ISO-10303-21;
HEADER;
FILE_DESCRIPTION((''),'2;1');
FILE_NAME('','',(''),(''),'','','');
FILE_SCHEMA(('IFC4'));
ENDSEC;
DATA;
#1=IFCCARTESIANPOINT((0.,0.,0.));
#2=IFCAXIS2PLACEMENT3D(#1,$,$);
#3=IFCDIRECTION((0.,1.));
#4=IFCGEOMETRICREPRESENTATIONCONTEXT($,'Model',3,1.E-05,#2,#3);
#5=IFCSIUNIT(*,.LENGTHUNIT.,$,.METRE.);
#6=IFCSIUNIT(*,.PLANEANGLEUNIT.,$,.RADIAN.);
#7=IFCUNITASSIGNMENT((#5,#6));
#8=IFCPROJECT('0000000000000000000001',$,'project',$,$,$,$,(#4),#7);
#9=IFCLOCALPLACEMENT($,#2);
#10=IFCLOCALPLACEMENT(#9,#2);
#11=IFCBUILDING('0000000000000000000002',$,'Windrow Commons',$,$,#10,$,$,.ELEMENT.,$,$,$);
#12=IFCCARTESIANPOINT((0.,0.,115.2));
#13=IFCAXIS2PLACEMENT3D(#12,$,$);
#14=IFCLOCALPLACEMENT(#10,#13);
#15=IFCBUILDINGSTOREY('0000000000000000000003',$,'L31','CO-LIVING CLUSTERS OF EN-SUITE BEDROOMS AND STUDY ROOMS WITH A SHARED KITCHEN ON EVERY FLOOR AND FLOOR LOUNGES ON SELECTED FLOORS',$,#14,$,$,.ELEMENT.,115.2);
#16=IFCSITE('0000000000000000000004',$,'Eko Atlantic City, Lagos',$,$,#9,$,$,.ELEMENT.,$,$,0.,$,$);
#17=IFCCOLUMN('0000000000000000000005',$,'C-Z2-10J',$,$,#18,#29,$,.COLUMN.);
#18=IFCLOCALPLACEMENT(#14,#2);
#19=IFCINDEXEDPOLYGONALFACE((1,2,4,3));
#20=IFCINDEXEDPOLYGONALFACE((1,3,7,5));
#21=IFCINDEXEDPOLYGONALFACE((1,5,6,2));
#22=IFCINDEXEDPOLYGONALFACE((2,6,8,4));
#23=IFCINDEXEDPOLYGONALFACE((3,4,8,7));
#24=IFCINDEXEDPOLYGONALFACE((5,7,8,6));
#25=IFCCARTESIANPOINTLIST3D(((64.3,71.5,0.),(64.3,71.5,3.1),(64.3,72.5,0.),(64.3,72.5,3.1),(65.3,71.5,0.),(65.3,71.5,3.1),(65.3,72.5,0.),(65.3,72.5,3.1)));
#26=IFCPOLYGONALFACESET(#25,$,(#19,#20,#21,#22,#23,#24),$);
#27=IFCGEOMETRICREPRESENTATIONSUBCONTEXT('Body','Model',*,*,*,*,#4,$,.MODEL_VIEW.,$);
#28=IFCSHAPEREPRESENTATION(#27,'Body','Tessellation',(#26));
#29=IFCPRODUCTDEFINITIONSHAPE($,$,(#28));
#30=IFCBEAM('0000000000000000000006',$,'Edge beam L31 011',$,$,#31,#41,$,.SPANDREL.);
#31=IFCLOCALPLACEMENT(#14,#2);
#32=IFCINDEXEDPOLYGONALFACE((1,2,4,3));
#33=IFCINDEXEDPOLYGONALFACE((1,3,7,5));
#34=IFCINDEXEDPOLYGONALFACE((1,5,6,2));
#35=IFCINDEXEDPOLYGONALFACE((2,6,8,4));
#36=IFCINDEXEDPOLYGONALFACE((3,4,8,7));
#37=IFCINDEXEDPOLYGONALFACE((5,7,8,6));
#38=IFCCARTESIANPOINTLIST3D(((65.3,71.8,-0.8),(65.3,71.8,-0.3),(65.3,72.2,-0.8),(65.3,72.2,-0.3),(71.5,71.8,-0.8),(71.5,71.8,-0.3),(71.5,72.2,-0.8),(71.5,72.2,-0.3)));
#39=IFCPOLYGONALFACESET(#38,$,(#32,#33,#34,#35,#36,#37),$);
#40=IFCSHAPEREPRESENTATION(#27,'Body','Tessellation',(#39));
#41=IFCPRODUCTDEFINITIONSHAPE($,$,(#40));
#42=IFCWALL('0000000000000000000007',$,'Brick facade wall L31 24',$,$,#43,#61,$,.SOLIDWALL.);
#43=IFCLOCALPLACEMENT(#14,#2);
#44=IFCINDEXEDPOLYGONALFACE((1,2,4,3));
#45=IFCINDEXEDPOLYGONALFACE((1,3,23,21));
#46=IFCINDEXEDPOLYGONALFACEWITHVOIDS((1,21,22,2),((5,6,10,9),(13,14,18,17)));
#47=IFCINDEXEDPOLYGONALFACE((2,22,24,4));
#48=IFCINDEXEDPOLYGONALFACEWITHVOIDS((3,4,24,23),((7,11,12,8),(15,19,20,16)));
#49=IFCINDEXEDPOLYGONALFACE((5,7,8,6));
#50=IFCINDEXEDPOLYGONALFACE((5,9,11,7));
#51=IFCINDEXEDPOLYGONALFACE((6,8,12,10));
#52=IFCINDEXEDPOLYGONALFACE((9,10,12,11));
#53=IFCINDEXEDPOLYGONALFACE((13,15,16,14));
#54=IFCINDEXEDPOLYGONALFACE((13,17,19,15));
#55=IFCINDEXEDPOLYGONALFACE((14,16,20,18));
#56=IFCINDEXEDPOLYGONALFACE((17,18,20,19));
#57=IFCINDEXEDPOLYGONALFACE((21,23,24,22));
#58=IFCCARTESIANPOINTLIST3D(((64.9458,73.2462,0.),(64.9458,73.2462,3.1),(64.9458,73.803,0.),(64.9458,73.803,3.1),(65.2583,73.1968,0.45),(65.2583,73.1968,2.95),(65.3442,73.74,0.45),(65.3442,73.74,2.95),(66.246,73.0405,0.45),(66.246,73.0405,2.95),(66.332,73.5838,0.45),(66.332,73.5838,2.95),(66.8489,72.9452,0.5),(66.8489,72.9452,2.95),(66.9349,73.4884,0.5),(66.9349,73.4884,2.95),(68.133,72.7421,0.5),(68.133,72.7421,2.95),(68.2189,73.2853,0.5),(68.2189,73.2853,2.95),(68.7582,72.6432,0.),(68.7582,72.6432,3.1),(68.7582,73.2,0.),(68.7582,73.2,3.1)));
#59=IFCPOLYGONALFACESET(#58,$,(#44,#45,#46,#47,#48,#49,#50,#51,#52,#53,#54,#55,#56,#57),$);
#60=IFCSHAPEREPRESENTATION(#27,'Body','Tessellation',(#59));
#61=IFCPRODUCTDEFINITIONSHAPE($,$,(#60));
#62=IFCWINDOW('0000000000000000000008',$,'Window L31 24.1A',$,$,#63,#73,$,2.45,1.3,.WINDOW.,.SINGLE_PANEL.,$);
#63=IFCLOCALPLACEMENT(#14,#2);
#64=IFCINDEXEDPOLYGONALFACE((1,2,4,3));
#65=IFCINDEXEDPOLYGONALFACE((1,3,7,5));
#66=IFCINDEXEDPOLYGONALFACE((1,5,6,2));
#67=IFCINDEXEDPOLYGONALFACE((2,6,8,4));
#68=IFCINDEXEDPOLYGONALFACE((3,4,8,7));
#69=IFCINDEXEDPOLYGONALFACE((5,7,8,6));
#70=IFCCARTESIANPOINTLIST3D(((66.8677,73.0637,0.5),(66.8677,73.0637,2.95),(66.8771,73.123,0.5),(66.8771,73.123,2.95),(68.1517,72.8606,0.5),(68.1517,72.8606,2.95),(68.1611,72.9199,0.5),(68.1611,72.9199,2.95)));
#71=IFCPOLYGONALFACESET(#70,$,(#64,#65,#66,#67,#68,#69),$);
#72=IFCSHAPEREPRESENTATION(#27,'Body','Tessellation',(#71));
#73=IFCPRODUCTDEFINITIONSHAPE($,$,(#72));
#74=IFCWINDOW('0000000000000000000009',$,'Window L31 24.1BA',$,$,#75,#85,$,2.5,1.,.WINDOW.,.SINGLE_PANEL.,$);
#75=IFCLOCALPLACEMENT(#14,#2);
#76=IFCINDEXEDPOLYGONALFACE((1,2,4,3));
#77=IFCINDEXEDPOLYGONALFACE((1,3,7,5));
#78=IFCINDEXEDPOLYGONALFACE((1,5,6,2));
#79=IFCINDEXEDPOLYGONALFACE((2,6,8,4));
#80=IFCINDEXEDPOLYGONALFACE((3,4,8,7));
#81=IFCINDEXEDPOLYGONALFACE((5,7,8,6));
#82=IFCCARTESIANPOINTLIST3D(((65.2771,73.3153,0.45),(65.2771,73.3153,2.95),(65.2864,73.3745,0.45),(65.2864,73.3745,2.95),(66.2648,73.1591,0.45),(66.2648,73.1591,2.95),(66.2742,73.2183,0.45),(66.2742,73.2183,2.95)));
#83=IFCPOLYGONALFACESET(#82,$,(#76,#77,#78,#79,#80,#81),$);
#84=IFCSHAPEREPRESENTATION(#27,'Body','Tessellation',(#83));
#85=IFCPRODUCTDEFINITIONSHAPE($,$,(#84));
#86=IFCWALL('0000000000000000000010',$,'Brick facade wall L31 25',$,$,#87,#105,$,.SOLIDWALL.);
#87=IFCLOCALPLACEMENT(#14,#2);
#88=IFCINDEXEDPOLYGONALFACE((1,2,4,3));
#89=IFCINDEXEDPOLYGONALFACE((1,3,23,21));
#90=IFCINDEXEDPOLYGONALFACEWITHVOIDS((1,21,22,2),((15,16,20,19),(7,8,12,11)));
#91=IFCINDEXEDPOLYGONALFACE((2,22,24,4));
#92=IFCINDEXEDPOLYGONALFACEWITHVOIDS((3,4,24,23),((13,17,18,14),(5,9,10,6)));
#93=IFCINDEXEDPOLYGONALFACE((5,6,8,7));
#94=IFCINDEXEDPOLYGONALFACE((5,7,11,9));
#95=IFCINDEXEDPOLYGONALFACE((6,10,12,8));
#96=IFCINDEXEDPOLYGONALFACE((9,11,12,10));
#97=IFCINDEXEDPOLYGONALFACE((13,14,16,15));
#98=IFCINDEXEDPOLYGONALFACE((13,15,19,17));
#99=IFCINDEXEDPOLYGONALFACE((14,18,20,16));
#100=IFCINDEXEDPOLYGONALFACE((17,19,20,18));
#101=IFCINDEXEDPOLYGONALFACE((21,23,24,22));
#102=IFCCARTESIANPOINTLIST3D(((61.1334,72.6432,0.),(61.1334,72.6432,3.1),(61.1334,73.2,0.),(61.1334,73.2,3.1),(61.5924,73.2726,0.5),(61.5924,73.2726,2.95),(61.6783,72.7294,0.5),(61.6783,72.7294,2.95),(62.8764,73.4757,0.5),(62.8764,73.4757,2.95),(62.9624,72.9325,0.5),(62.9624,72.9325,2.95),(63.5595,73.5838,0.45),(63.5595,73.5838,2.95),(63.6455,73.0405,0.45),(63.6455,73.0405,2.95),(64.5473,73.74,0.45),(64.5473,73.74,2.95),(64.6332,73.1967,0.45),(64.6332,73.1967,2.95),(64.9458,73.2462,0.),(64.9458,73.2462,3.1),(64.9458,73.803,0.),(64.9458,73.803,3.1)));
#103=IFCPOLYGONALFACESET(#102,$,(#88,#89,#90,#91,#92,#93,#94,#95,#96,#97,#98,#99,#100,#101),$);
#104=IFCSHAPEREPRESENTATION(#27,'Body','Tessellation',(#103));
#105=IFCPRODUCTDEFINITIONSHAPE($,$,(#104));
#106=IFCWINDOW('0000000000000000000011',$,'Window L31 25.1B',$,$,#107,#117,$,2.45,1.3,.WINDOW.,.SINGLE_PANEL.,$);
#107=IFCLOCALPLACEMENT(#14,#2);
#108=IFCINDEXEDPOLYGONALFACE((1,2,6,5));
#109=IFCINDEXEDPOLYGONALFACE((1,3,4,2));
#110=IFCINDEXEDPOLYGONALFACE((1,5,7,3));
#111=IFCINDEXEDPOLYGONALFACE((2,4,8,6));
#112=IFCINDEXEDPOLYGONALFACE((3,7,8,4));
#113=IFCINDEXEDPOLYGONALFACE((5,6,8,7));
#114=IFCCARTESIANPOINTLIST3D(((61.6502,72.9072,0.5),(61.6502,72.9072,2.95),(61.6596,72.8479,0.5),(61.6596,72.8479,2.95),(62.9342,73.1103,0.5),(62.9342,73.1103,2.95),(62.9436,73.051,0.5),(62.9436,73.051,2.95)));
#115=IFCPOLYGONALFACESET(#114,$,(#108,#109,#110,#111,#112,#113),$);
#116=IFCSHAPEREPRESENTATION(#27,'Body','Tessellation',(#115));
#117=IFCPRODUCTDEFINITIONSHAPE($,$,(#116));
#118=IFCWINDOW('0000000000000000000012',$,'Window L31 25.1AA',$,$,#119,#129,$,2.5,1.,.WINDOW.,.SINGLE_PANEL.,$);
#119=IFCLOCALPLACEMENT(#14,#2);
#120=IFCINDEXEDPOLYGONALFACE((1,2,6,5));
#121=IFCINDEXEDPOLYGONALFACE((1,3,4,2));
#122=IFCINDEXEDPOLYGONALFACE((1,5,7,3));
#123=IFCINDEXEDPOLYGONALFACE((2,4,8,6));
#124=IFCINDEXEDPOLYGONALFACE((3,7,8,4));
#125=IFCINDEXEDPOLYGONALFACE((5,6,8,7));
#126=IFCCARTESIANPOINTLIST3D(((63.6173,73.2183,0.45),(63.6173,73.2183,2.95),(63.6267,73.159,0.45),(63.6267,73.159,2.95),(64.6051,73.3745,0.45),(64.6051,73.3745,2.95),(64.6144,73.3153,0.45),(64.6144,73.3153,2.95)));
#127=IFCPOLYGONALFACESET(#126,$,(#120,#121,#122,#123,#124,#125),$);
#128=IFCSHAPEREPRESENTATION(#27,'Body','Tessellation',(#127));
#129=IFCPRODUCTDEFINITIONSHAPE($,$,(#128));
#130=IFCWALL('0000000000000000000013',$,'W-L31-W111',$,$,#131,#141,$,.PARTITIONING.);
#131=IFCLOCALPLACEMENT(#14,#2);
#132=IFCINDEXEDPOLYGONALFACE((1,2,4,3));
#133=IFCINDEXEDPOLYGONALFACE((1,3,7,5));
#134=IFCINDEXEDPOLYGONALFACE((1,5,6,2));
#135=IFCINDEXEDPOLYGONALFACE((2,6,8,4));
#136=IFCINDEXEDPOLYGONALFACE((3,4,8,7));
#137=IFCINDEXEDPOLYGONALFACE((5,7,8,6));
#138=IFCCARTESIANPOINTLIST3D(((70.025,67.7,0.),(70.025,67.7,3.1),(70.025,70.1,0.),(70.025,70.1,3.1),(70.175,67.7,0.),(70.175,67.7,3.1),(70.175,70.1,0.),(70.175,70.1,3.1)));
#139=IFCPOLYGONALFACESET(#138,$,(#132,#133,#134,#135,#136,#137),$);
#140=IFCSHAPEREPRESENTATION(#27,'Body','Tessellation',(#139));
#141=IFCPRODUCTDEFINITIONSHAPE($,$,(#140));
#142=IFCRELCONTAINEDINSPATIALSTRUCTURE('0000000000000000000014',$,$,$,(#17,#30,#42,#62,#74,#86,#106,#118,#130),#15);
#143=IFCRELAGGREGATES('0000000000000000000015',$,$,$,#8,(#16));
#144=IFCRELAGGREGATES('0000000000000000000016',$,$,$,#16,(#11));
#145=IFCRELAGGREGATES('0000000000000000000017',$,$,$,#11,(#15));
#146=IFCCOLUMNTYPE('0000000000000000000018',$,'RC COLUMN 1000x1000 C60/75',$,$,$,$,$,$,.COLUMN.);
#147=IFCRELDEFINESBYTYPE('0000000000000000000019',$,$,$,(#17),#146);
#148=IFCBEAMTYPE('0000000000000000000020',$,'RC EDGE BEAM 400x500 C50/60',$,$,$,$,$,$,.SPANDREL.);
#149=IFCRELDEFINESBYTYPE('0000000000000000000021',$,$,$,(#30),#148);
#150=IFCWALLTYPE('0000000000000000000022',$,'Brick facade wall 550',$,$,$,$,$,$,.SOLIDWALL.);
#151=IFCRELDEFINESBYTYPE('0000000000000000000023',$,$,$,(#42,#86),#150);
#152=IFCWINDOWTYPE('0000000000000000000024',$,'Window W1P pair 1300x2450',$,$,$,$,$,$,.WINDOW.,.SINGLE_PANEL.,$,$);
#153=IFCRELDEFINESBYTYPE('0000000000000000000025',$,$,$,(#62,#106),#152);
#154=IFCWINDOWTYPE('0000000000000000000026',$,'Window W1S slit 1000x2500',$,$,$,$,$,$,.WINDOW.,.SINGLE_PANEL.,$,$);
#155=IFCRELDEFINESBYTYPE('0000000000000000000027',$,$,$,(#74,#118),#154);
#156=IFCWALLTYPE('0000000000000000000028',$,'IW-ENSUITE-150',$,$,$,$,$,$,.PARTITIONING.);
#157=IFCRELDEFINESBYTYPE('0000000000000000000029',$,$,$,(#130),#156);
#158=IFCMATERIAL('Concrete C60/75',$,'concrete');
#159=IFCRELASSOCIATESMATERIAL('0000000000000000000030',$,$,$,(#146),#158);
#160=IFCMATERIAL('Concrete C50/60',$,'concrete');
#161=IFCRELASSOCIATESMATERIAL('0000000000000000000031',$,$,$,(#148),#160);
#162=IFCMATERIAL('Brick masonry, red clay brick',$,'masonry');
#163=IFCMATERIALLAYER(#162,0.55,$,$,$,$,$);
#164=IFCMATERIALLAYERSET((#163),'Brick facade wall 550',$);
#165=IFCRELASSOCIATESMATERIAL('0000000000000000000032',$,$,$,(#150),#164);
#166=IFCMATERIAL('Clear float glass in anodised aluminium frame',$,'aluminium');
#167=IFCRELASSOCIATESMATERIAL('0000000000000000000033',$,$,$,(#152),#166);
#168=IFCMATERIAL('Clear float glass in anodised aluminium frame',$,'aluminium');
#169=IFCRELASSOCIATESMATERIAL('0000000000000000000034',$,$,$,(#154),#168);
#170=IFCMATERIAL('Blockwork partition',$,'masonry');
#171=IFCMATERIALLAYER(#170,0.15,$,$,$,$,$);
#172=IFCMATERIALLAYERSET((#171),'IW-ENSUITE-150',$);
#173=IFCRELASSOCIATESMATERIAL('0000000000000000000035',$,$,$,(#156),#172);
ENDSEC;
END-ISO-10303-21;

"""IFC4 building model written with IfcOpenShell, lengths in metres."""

from ifc_helpers import new_model, si_unit, direction, frame, frame_2d, origin, origin_2d, place, context, subcontext, project, spatial, polyline, rectangle, outline, extrude, material, layer, layer_set, material_profile, profile_set, type_object, element, fill, save


model = new_model("IFC4")

# Units and contexts
model_context = context("Model", 3, precision=1e-05, world=origin(), true_north=direction((0.0, 1.0)))
body_context = subcontext(model_context, "Body", "Model", "MODEL_VIEW")
ifc_project = project(units=[si_unit("LENGTHUNIT", "METRE"), si_unit("PLANEANGLEUNIT", "RADIAN")], contexts=[model_context])

# Site, building, storey
site_placement = place(None, origin())
site = spatial("IfcSite", under=ifc_project, at=site_placement, Name="Eko Atlantic City, Lagos", CompositionType="ELEMENT", RefElevation=0.0)
building_placement = place(site_placement, origin())
building = spatial("IfcBuilding", under=site, at=building_placement, Name="Windrow Commons", CompositionType="ELEMENT")
storey_placement = place(building_placement, frame((0.0, 0.0, 115.2)))
storey = spatial("IfcBuildingStorey", under=building, at=storey_placement, Name="L31", Description="CO-LIVING CLUSTERS OF EN-SUITE BEDROOMS AND STUDY ROOMS WITH A SHARED KITCHEN ON EVERY FLOOR AND FLOOR LOUNGES ON SELECTED FLOORS", CompositionType="ELEMENT", Elevation=115.2)

# Column
ifc_material_1 = material(Name="Concrete C60/75", Category="concrete")
ifc_material_profile_1 = material_profile(ifc_material_1, rectangle(XDim=1.0, YDim=1.0, at=origin_2d()))
ifc_profile_set_1 = profile_set([ifc_material_profile_1], Name="Concrete C60/75")
column_type = type_object("IfcColumnType", Name="RC COLUMN 1000x1000 C60/75", PredefinedType="COLUMN", material=ifc_profile_set_1)
column_placement = place(storey_placement, frame((64.8, 72.0, 0.0), z_axis=(0.0, 0.0, 1.0), x_axis=(1.0, 0.0, 0.0)))
element("IfcColumn", 1, at=column_placement, inside=storey, type_object=column_type, Name="C-Z2-10J", PredefinedType="COLUMN", context=body_context, shape_type="SweptSolid", body=[
    extrude(rectangle(XDim=1.0, YDim=1.0, at=origin_2d()), origin(), (0.0, 0.0, 1.0), 3.1),
])

# Beam
ifc_material_2 = material(Name="Concrete C50/60", Category="concrete")
ifc_material_profile_2 = material_profile(ifc_material_2, rectangle(XDim=0.4, YDim=0.5, at=origin_2d()))
ifc_profile_set_2 = profile_set([ifc_material_profile_2], Name="Concrete C50/60")
beam_type = type_object("IfcBeamType", Name="RC EDGE BEAM 400x500 C50/60", PredefinedType="SPANDREL", material=ifc_profile_set_2)
beam_placement = place(storey_placement, frame((65.3, 72.0, -0.55), z_axis=(1.0, 0.0, 0.0), x_axis=(0.0, 1.0, 0.0)))
element("IfcBeam", 2, at=beam_placement, inside=storey, type_object=beam_type, Name="Edge beam L31 011", PredefinedType="SPANDREL", context=body_context, shape_type="SweptSolid", body=[
    extrude(rectangle(XDim=0.4, YDim=0.5, at=origin_2d()), origin(), (0.0, 0.0, 1.0), 6.2),
])

# Walls, openings, windows
ifc_material_3 = material(Name="Brick masonry, red clay brick", Category="masonry")
ifc_layer_1 = layer(ifc_material_3, 0.55)
ifc_layer_set_1 = layer_set([ifc_layer_1], Name="Brick facade wall 550")
wall_type_1 = type_object("IfcWallType", Name="Brick facade wall 550", PredefinedType="SOLIDWALL", material=ifc_layer_set_1)
wall_1_placement = place(storey_placement, frame((68.7582, 72.9216, 0.0), z_axis=(0.0, 0.0, 1.0), x_axis=(-0.987721, 0.156226, 0.0)))
wall_1 = element("IfcWall", 3, at=wall_1_placement, inside=storey, type_object=wall_type_1, Name="Brick facade wall L31 24", PredefinedType="SOLIDWALL", context=body_context, shape_type="SweptSolid", body=[
    extrude(outline(polyline([(0.0435, -0.275), (3.9033, -0.275), (3.8163, 0.275), (-0.0435, 0.275), (0.0435, -0.275)])), origin(), (0.0, 0.0, 1.0), 3.1),
])
opening_1_placement = place(wall_1_placement, frame((0.5895, 0.0, 0.5)))
opening_1 = element("IfcOpeningElement", 4, at=opening_1_placement, cuts=wall_1, PredefinedType="OPENING", context=body_context, shape_type="SweptSolid", body=[
    extrude(rectangle(XDim=1.3, YDim=2.45, at=frame_2d((0.65, 1.225))), frame((0.0, 0.285, 0.0), z_axis=(0.0, -1.0, 0.0), x_axis=(1.0, 0.0, 0.0)), (0.0, 0.0, 1.0), 0.57),
])
opening_2_placement = place(wall_1_placement, frame((2.4999, 0.0, 0.45)))
opening_2 = element("IfcOpeningElement", 5, at=opening_2_placement, cuts=wall_1, PredefinedType="OPENING", context=body_context, shape_type="SweptSolid", body=[
    extrude(rectangle(XDim=1.0, YDim=2.5, at=frame_2d((0.5, 1.25))), frame((0.0, 0.285, 0.0), z_axis=(0.0, -1.0, 0.0), x_axis=(1.0, 0.0, 0.0)), (0.0, 0.0, 1.0), 0.57),
])
ifc_material_4 = material(Name="Clear float glass in anodised aluminium frame", Category="aluminium")
window_type_1 = type_object("IfcWindowType", Name="Window W1P pair 1300x2450", PartitioningType="SINGLE_PANEL", PredefinedType="WINDOW", material=ifc_material_4)
window_1_placement = place(opening_1_placement, origin())
window_1 = element("IfcWindow", 6, at=window_1_placement, inside=storey, type_object=window_type_1, Name="Window L31 24.1A", OverallHeight=2.45, OverallWidth=1.3, PartitioningType="SINGLE_PANEL", PredefinedType="WINDOW", context=body_context, shape_type="SweptSolid", body=[
    extrude(rectangle(XDim=1.3, YDim=2.45, at=frame_2d((0.65, 1.225))), frame((0.0, 0.155, 0.0), z_axis=(0.0, -1.0, 0.0), x_axis=(1.0, 0.0, 0.0)), (0.0, 0.0, 1.0), 0.06),
])
fill(opening_1, window_1)
ifc_material_5 = material(Name="Clear float glass in anodised aluminium frame", Category="aluminium")
window_type_2 = type_object("IfcWindowType", Name="Window W1S slit 1000x2500", PartitioningType="SINGLE_PANEL", PredefinedType="WINDOW", material=ifc_material_5)
window_2_placement = place(opening_2_placement, origin())
window_2 = element("IfcWindow", 7, at=window_2_placement, inside=storey, type_object=window_type_2, Name="Window L31 24.1BA", OverallHeight=2.5, OverallWidth=1.0, PartitioningType="SINGLE_PANEL", PredefinedType="WINDOW", context=body_context, shape_type="SweptSolid", body=[
    extrude(rectangle(XDim=1.0, YDim=2.5, at=frame_2d((0.5, 1.25))), frame((0.0, 0.155, 0.0), z_axis=(0.0, -1.0, 0.0), x_axis=(1.0, 0.0, 0.0)), (0.0, 0.0, 1.0), 0.06),
])
fill(opening_2, window_2)
wall_2_placement = place(storey_placement, frame((64.9458, 73.5246, 0.0), z_axis=(0.0, 0.0, 1.0), x_axis=(-0.987721, -0.156226, 0.0)))
wall_2 = element("IfcWall", 8, at=wall_2_placement, inside=storey, type_object=wall_type_1, Name="Brick facade wall L31 25", PredefinedType="SOLIDWALL", context=body_context, shape_type="SweptSolid", body=[
    extrude(outline(polyline([(-0.0435, -0.275), (3.8163, -0.275), (3.9033, 0.275), (0.0435, 0.275), (-0.0435, -0.275)])), origin(), (0.0, 0.0, 1.0), 3.1),
])
opening_3_placement = place(wall_2_placement, frame((2.0516, 0.0, 0.5)))
opening_3 = element("IfcOpeningElement", 9, at=opening_3_placement, cuts=wall_2, PredefinedType="OPENING", context=body_context, shape_type="SweptSolid", body=[
    extrude(rectangle(XDim=1.3, YDim=2.45, at=frame_2d((0.65, 1.225))), frame((0.0, 0.285, 0.0), z_axis=(0.0, -1.0, 0.0), x_axis=(1.0, 0.0, 0.0)), (0.0, 0.0, 1.0), 0.57),
])
opening_4_placement = place(wall_2_placement, frame((0.36, 0.0, 0.45)))
opening_4 = element("IfcOpeningElement", 10, at=opening_4_placement, cuts=wall_2, PredefinedType="OPENING", context=body_context, shape_type="SweptSolid", body=[
    extrude(rectangle(XDim=1.0, YDim=2.5, at=frame_2d((0.5, 1.25))), frame((0.0, 0.285, 0.0), z_axis=(0.0, -1.0, 0.0), x_axis=(1.0, 0.0, 0.0)), (0.0, 0.0, 1.0), 0.57),
])
window_3_placement = place(opening_3_placement, origin())
window_3 = element("IfcWindow", 11, at=window_3_placement, inside=storey, type_object=window_type_1, Name="Window L31 25.1B", OverallHeight=2.45, OverallWidth=1.3, PartitioningType="SINGLE_PANEL", PredefinedType="WINDOW", context=body_context, shape_type="SweptSolid", body=[
    extrude(rectangle(XDim=1.3, YDim=2.45, at=frame_2d((0.65, 1.225))), frame((0.0, 0.155, 0.0), z_axis=(0.0, -1.0, 0.0), x_axis=(1.0, 0.0, 0.0)), (0.0, 0.0, 1.0), 0.06),
])
fill(opening_3, window_3)
window_4_placement = place(opening_4_placement, origin())
window_4 = element("IfcWindow", 12, at=window_4_placement, inside=storey, type_object=window_type_2, Name="Window L31 25.1AA", OverallHeight=2.5, OverallWidth=1.0, PartitioningType="SINGLE_PANEL", PredefinedType="WINDOW", context=body_context, shape_type="SweptSolid", body=[
    extrude(rectangle(XDim=1.0, YDim=2.5, at=frame_2d((0.5, 1.25))), frame((0.0, 0.155, 0.0), z_axis=(0.0, -1.0, 0.0), x_axis=(1.0, 0.0, 0.0)), (0.0, 0.0, 1.0), 0.06),
])
fill(opening_4, window_4)

# Wall
ifc_material_6 = material(Name="Blockwork partition", Category="masonry")
ifc_layer_2 = layer(ifc_material_6, 0.15)
ifc_layer_set_2 = layer_set([ifc_layer_2], Name="IW-ENSUITE-150")
wall_type_2 = type_object("IfcWallType", Name="IW-ENSUITE-150", PredefinedType="PARTITIONING", material=ifc_layer_set_2)
wall_3_placement = place(storey_placement, frame((70.1, 67.7, 0.0), z_axis=(0.0, 0.0, 1.0), x_axis=(0.0, 1.0, 0.0)))
element("IfcWall", 13, at=wall_3_placement, inside=storey, type_object=wall_type_2, Name="W-L31-W111", PredefinedType="PARTITIONING", context=body_context, shape_type="SweptSolid", body=[
    extrude(rectangle(XDim=2.4, YDim=0.15, at=frame_2d((1.2, 0.0))), origin(), (0.0, 0.0, 1.0), 3.1),
])

save(model, "model.ifc")
